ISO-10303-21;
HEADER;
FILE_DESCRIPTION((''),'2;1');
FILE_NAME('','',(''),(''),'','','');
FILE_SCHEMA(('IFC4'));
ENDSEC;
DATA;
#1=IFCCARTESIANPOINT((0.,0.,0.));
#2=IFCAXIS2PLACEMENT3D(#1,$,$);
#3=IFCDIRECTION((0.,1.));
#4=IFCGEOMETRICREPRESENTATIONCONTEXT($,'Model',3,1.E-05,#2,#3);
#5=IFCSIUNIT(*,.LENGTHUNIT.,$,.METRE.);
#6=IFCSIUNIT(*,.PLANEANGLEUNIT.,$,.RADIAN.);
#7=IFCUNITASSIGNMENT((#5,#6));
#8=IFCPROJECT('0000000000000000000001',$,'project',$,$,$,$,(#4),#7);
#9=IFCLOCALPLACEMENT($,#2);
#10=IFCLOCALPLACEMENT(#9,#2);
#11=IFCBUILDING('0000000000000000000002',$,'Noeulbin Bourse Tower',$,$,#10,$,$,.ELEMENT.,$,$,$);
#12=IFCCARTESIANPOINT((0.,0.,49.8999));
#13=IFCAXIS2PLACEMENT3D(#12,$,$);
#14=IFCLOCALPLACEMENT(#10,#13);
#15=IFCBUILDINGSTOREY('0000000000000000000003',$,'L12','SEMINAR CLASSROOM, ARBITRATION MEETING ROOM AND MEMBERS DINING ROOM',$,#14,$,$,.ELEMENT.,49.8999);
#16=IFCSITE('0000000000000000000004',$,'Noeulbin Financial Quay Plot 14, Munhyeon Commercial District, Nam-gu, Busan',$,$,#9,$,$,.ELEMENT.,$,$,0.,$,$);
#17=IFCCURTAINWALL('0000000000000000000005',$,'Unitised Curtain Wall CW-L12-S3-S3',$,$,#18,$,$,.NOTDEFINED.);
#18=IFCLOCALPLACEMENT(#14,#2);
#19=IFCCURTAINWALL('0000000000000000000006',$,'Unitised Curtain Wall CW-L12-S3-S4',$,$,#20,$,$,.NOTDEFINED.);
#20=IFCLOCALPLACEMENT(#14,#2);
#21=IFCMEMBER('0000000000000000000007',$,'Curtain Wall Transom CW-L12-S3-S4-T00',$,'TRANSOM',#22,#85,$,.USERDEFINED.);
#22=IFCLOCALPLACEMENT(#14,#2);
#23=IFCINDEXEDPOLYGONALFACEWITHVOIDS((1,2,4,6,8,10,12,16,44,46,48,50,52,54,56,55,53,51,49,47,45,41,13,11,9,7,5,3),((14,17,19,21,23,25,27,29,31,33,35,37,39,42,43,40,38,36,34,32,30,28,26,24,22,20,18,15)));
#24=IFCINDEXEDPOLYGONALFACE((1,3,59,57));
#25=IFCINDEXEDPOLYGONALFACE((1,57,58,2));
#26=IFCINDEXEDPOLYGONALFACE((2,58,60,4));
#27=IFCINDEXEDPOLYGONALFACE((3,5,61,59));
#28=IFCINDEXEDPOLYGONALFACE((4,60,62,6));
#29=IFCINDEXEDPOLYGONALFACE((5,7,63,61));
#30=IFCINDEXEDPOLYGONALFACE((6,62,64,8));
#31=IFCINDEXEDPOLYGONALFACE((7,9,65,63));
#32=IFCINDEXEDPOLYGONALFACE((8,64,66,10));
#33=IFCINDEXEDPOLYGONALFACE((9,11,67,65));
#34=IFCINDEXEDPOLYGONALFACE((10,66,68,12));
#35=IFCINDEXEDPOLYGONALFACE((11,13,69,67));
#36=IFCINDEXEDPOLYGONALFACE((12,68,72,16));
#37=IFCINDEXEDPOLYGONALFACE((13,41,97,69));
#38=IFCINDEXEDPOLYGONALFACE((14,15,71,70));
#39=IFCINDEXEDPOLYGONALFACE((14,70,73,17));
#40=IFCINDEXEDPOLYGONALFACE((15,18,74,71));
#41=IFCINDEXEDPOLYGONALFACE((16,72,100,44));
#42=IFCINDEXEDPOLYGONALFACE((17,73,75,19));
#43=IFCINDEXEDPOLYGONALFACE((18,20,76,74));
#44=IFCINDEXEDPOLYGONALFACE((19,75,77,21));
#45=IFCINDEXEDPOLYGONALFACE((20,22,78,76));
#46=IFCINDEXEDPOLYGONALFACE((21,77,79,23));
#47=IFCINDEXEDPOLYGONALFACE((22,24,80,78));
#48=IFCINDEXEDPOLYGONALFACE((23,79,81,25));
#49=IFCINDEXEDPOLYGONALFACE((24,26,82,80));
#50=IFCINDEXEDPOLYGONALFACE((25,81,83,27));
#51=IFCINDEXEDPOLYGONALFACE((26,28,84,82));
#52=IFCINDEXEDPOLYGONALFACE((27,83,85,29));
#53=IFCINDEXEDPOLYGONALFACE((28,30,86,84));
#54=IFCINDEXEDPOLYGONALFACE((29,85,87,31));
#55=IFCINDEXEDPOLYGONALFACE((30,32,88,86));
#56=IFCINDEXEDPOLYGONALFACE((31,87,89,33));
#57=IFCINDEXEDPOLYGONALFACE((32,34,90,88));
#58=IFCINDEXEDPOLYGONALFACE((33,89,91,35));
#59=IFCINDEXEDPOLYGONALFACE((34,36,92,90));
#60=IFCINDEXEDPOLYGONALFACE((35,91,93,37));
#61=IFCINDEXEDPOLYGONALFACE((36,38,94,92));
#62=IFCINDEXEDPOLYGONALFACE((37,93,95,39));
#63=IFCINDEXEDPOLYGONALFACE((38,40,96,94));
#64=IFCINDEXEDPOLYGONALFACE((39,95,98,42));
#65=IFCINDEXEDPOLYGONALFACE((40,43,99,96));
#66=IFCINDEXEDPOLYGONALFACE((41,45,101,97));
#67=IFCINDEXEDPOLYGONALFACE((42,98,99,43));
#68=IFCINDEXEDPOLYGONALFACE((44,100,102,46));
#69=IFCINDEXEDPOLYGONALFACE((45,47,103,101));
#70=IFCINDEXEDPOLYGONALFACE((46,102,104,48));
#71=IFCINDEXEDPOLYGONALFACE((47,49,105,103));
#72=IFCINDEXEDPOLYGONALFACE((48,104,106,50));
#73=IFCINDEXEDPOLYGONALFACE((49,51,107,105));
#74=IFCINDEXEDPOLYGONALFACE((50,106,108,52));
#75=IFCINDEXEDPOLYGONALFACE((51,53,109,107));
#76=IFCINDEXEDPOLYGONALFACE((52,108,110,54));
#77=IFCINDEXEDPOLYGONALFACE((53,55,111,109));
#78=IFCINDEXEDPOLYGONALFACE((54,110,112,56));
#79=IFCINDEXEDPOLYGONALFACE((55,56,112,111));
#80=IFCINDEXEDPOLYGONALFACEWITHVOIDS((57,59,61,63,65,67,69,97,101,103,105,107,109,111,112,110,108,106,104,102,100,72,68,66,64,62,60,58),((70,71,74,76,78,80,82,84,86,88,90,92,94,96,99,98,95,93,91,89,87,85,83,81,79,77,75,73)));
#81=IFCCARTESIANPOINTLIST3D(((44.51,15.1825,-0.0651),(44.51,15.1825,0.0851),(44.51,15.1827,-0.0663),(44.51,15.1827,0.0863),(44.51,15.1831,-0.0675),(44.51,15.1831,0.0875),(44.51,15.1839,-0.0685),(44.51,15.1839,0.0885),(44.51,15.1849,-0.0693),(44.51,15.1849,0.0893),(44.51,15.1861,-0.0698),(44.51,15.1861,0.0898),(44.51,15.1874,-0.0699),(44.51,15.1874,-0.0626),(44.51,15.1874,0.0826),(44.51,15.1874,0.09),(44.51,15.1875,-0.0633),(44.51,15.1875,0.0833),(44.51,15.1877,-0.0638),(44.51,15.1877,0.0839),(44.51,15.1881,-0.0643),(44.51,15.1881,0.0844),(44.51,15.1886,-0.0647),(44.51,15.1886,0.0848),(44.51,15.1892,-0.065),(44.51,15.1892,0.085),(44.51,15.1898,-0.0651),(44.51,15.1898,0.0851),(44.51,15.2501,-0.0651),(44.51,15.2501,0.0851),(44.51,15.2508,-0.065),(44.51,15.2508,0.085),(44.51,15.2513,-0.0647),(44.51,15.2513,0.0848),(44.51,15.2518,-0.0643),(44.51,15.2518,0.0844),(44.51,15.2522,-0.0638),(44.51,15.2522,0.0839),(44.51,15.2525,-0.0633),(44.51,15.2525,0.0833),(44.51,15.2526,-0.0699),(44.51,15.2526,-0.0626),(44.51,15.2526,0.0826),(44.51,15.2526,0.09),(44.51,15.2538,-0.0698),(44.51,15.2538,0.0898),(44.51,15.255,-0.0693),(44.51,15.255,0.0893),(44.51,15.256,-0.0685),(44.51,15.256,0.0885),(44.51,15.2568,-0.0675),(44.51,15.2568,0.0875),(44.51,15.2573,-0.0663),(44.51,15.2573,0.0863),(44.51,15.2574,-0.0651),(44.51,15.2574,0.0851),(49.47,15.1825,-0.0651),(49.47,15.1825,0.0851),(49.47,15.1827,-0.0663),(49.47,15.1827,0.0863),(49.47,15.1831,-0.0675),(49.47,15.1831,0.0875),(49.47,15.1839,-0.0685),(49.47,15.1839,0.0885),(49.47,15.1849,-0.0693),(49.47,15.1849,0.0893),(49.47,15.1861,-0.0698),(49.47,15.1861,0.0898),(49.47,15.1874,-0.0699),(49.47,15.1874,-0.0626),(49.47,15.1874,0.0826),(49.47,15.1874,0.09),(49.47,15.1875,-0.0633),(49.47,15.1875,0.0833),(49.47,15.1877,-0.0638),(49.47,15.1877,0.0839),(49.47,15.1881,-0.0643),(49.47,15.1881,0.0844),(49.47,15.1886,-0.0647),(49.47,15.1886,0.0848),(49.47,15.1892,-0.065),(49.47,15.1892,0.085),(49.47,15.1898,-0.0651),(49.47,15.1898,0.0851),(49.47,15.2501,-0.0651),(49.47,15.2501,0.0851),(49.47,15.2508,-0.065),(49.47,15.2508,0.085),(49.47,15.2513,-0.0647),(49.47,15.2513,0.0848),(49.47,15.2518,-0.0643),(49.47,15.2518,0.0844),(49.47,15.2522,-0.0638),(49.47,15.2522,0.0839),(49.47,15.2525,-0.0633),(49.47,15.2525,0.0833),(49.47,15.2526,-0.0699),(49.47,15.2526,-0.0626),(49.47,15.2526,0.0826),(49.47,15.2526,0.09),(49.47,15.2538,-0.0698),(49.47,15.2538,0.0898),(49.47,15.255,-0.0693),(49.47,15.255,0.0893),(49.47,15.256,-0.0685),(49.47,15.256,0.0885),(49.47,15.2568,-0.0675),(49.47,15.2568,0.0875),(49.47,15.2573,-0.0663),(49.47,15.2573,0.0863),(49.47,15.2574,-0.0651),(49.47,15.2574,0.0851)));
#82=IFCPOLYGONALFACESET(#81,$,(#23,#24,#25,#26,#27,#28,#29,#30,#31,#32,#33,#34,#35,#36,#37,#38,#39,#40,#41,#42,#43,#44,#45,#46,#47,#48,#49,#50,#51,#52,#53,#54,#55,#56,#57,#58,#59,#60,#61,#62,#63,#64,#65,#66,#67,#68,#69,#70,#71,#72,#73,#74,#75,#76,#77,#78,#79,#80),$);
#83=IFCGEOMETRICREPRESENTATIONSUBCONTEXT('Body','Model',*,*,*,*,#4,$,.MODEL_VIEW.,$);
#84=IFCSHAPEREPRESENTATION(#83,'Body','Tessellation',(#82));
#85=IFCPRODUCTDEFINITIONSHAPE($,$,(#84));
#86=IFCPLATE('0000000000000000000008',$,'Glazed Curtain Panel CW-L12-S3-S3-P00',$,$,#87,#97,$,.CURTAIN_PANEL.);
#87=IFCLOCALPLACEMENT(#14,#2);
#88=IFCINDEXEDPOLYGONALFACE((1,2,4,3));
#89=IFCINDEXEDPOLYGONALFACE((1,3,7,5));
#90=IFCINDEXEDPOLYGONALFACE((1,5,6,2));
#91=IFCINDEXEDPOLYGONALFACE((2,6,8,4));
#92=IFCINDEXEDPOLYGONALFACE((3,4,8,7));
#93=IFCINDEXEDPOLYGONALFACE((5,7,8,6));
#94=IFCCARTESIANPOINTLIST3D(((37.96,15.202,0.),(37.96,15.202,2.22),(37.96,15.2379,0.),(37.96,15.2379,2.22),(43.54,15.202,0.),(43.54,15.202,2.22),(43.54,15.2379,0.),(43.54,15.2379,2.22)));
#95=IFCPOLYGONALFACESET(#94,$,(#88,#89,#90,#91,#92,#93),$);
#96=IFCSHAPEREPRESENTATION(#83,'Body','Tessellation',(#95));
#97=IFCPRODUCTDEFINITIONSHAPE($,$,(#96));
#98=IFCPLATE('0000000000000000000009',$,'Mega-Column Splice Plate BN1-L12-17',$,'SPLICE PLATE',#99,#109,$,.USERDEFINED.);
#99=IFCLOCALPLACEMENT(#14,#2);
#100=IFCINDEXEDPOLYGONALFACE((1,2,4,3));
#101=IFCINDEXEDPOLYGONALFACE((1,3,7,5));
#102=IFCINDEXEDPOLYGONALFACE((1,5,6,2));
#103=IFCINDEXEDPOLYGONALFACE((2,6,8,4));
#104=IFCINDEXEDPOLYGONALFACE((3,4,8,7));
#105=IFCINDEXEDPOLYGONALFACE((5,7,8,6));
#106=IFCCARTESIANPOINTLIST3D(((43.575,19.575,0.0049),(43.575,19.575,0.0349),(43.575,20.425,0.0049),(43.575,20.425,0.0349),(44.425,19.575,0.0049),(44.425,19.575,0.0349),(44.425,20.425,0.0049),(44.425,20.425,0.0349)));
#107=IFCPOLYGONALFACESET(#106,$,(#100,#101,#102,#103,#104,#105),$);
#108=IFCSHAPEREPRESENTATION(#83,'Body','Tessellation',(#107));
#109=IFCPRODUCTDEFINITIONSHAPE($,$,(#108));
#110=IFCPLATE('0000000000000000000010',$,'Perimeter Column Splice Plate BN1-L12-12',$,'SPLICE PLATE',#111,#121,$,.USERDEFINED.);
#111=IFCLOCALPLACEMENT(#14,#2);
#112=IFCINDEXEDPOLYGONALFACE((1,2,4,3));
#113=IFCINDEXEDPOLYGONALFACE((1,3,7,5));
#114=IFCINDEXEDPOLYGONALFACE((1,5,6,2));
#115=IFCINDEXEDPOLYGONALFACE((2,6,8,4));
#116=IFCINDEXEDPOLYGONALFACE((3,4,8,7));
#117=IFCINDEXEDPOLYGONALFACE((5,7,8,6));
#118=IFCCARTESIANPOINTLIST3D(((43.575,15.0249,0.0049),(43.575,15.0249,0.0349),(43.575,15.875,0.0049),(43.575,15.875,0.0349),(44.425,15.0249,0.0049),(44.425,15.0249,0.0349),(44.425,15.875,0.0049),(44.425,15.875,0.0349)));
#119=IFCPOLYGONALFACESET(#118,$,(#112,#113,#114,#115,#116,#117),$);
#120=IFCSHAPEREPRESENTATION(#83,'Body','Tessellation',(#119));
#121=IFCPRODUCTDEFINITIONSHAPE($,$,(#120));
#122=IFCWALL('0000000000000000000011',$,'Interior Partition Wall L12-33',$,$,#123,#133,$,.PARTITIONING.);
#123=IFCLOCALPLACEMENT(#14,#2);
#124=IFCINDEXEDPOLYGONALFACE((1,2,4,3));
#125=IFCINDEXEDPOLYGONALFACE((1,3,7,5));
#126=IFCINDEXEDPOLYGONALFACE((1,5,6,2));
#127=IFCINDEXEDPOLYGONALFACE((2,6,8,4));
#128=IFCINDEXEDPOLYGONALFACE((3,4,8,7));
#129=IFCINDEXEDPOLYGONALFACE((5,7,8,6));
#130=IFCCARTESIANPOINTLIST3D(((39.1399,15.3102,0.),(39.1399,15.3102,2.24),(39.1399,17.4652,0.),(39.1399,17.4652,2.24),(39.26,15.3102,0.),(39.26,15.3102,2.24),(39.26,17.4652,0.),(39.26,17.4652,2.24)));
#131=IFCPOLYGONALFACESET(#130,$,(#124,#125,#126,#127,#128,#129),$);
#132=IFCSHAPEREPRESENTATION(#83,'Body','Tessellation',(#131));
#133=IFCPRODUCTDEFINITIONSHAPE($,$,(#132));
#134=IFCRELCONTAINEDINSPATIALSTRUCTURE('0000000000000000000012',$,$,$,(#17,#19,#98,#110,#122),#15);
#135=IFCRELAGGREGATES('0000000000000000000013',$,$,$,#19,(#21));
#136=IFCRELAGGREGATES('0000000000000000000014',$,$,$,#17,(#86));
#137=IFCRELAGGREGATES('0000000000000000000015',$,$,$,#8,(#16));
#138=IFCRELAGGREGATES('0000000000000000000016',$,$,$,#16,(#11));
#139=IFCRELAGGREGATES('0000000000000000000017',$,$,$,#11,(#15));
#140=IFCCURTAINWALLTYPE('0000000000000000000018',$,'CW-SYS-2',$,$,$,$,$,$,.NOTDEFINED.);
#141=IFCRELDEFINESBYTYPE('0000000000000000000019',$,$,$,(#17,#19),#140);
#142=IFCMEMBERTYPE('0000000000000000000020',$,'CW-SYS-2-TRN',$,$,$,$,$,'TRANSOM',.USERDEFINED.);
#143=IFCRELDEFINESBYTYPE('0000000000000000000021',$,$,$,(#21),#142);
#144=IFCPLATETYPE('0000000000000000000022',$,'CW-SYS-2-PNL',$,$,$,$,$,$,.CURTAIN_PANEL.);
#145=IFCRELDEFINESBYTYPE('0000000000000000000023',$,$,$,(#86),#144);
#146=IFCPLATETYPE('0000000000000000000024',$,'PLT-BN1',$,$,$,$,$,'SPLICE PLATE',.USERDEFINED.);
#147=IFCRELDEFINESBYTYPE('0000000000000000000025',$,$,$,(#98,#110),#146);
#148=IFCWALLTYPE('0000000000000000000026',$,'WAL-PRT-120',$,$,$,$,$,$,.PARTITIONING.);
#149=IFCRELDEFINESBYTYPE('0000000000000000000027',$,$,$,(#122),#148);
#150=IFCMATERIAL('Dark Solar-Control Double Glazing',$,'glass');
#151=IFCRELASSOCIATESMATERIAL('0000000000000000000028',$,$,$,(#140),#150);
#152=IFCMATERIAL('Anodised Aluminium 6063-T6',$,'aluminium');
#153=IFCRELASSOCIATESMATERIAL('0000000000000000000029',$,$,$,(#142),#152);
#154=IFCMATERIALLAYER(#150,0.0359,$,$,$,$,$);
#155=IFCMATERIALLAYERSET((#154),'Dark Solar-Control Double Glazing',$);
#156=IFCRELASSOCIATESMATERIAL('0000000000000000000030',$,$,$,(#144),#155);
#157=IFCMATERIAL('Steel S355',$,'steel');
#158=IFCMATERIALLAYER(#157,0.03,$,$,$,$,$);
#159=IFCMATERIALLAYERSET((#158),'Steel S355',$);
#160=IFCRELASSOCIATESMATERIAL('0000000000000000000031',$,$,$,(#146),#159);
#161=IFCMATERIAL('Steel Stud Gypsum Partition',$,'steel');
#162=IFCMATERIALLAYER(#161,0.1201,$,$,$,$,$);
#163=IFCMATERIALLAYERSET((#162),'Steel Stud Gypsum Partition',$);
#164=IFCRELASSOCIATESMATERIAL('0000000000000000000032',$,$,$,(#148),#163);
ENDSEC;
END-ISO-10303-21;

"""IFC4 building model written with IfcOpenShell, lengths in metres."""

from ifc_helpers import new_model, si_unit, direction, frame, frame_2d, origin, origin_2d, place, context, subcontext, project, spatial, rectangle, hollow_rectangle, extrude, material, layer, layer_set, material_profile, profile_set, type_object, element, aggregate, save


model = new_model("IFC4")

# Units and contexts
model_context = context("Model", 3, precision=1e-05, world=origin(), true_north=direction((0.0, 1.0)))
body_context = subcontext(model_context, "Body", "Model", "MODEL_VIEW")
ifc_project = project(units=[si_unit("LENGTHUNIT", "METRE"), si_unit("PLANEANGLEUNIT", "RADIAN")], contexts=[model_context])

# Site, building, storey
site_placement = place(None, origin())
site = spatial("IfcSite", under=ifc_project, at=site_placement, Name="Noeulbin Financial Quay Plot 14, Munhyeon Commercial District, Nam-gu, Busan", CompositionType="ELEMENT", RefElevation=0.0)
building_placement = place(site_placement, origin())
building = spatial("IfcBuilding", under=site, at=building_placement, Name="Noeulbin Bourse Tower", CompositionType="ELEMENT")
storey_placement = place(building_placement, frame((0.0, 0.0, 49.8999)))
storey = spatial("IfcBuildingStorey", under=building, at=storey_placement, Name="L12", Description="SEMINAR CLASSROOM, ARBITRATION MEETING ROOM AND MEMBERS DINING ROOM", CompositionType="ELEMENT", Elevation=49.8999)

# Shared definitions
ifc_material_1 = material(Name="Steel S355", Category="steel")

# Curtain walls
ifc_material_2 = material(Name="Dark Solar-Control Double Glazing", Category="glass")
curtain_wall_type = type_object("IfcCurtainWallType", Name="CW-SYS-2", PredefinedType="NOTDEFINED", material=ifc_material_2)
curtain_wall_1_placement = place(storey_placement, origin())
curtain_wall_1 = element("IfcCurtainWall", 1, at=curtain_wall_1_placement, inside=storey, type_object=curtain_wall_type, Name="Unitised Curtain Wall CW-L12-S3-S3", PredefinedType="NOTDEFINED")
ifc_material_3 = material(Name="Anodised Aluminium 6063-T6", Category="aluminium")
curtain_wall_2_placement = place(storey_placement, origin())
curtain_wall_2 = element("IfcCurtainWall", 2, at=curtain_wall_2_placement, inside=storey, type_object=curtain_wall_type, Name="Unitised Curtain Wall CW-L12-S3-S4", PredefinedType="NOTDEFINED")

# Member
ifc_material_profile_1 = material_profile(ifc_material_3, hollow_rectangle(XDim=0.075, YDim=0.1599, WallThickness=0.0049, InnerFilletRadius=0.0024, OuterFilletRadius=0.0049, at=origin_2d()), Name="ALU-TRAN-75x160x5", Category="LoadBearing")
ifc_profile_set_1 = profile_set([ifc_material_profile_1], Name="Anodised Aluminium 6063-T6")
member_type_1 = type_object("IfcMemberType", Name="CW-SYS-2-TRN", ElementType="TRANSOM", PredefinedType="USERDEFINED", material=ifc_profile_set_1)
member_1_placement = place(storey_placement, frame((44.51, 15.22, 0.01), z_axis=(1.0, 0.0, 0.0), x_axis=(0.0, 1.0, 0.0)))
member_1 = element("IfcMember", 3, at=member_1_placement, type_object=member_type_1, Name="Curtain Wall Transom CW-L12-S3-S4-T00", ObjectType="TRANSOM", PredefinedType="USERDEFINED", context=body_context, shape_type="SweptSolid", body=[
    extrude(hollow_rectangle(XDim=0.075, YDim=0.1599, WallThickness=0.0049, InnerFilletRadius=0.0024, OuterFilletRadius=0.0049, at=origin_2d()), origin(), (0.0, 0.0, 1.0), 4.96),
])
aggregate(curtain_wall_2, [member_1])

# Plate
ifc_layer_1 = layer(ifc_material_2, 0.0359)
ifc_layer_set_1 = layer_set([ifc_layer_1], Name="Dark Solar-Control Double Glazing")
plate_type_1 = type_object("IfcPlateType", Name="CW-SYS-2-PNL", PredefinedType="CURTAIN_PANEL", material=ifc_layer_set_1)
plate_placement = place(storey_placement, frame((40.75, 15.22, 0.0), z_axis=(0.0, 0.0, 1.0), x_axis=(1.0, 0.0, 0.0)))
plate = element("IfcPlate", 4, at=plate_placement, type_object=plate_type_1, Name="Glazed Curtain Panel CW-L12-S3-S3-P00", PredefinedType="CURTAIN_PANEL", context=body_context, shape_type="SweptSolid", body=[
    extrude(rectangle(XDim=5.5801, YDim=0.0359, at=origin_2d()), origin(), (0.0, 0.0, 1.0), 2.22),
])
aggregate(curtain_wall_1, [plate])

# Plates
ifc_layer_2 = layer(ifc_material_1, 0.03)
ifc_layer_set_2 = layer_set([ifc_layer_2], Name="Steel S355")
plate_type_2 = type_object("IfcPlateType", Name="PLT-BN1", ElementType="SPLICE PLATE", PredefinedType="USERDEFINED", material=ifc_layer_set_2)
for number, where, z_axis, x_axis, name in (
    (5, (44.0, 20.0, 0.0049), (0.0, 0.0, 1.0), (1.0, 0.0, 0.0), "Mega-Column Splice Plate BN1-L12-17"),
    (6, (44.0, 15.45, 0.0049), (0.0, 0.0, 1.0), (1.0, 0.0, 0.0), "Perimeter Column Splice Plate BN1-L12-12"),
):
    element("IfcPlate", number, at=place(storey_placement, frame(where, z_axis=z_axis, x_axis=x_axis)), inside=storey, type_object=plate_type_2, Name=name, ObjectType="SPLICE PLATE", PredefinedType="USERDEFINED", context=body_context, shape_type="SweptSolid", body=[
        extrude(rectangle(XDim=0.8501, YDim=0.8501, at=origin_2d()), origin(), (0.0, 0.0, 1.0), 0.03),
    ])

# Wall
ifc_material_4 = material(Name="Steel Stud Gypsum Partition", Category="steel")
ifc_layer_3 = layer(ifc_material_4, 0.1201)
ifc_layer_set_3 = layer_set([ifc_layer_3], Name="Steel Stud Gypsum Partition")
wall_type = type_object("IfcWallType", Name="WAL-PRT-120", PredefinedType="PARTITIONING", material=ifc_layer_set_3)
wall_placement = place(storey_placement, frame((39.2, 15.3101, 0.0), z_axis=(0.0, 0.0, 1.0), x_axis=(0.0, 1.0, 0.0)))
element("IfcWall", 7, at=wall_placement, inside=storey, type_object=wall_type, Name="Interior Partition Wall L12-33", PredefinedType="PARTITIONING", context=body_context, shape_type="SweptSolid", body=[
    extrude(rectangle(XDim=2.155, YDim=0.1201, at=frame_2d((1.0776, 0.0))), origin(), (0.0, 0.0, 1.0), 2.24),
])

save(model, "model.ifc")
